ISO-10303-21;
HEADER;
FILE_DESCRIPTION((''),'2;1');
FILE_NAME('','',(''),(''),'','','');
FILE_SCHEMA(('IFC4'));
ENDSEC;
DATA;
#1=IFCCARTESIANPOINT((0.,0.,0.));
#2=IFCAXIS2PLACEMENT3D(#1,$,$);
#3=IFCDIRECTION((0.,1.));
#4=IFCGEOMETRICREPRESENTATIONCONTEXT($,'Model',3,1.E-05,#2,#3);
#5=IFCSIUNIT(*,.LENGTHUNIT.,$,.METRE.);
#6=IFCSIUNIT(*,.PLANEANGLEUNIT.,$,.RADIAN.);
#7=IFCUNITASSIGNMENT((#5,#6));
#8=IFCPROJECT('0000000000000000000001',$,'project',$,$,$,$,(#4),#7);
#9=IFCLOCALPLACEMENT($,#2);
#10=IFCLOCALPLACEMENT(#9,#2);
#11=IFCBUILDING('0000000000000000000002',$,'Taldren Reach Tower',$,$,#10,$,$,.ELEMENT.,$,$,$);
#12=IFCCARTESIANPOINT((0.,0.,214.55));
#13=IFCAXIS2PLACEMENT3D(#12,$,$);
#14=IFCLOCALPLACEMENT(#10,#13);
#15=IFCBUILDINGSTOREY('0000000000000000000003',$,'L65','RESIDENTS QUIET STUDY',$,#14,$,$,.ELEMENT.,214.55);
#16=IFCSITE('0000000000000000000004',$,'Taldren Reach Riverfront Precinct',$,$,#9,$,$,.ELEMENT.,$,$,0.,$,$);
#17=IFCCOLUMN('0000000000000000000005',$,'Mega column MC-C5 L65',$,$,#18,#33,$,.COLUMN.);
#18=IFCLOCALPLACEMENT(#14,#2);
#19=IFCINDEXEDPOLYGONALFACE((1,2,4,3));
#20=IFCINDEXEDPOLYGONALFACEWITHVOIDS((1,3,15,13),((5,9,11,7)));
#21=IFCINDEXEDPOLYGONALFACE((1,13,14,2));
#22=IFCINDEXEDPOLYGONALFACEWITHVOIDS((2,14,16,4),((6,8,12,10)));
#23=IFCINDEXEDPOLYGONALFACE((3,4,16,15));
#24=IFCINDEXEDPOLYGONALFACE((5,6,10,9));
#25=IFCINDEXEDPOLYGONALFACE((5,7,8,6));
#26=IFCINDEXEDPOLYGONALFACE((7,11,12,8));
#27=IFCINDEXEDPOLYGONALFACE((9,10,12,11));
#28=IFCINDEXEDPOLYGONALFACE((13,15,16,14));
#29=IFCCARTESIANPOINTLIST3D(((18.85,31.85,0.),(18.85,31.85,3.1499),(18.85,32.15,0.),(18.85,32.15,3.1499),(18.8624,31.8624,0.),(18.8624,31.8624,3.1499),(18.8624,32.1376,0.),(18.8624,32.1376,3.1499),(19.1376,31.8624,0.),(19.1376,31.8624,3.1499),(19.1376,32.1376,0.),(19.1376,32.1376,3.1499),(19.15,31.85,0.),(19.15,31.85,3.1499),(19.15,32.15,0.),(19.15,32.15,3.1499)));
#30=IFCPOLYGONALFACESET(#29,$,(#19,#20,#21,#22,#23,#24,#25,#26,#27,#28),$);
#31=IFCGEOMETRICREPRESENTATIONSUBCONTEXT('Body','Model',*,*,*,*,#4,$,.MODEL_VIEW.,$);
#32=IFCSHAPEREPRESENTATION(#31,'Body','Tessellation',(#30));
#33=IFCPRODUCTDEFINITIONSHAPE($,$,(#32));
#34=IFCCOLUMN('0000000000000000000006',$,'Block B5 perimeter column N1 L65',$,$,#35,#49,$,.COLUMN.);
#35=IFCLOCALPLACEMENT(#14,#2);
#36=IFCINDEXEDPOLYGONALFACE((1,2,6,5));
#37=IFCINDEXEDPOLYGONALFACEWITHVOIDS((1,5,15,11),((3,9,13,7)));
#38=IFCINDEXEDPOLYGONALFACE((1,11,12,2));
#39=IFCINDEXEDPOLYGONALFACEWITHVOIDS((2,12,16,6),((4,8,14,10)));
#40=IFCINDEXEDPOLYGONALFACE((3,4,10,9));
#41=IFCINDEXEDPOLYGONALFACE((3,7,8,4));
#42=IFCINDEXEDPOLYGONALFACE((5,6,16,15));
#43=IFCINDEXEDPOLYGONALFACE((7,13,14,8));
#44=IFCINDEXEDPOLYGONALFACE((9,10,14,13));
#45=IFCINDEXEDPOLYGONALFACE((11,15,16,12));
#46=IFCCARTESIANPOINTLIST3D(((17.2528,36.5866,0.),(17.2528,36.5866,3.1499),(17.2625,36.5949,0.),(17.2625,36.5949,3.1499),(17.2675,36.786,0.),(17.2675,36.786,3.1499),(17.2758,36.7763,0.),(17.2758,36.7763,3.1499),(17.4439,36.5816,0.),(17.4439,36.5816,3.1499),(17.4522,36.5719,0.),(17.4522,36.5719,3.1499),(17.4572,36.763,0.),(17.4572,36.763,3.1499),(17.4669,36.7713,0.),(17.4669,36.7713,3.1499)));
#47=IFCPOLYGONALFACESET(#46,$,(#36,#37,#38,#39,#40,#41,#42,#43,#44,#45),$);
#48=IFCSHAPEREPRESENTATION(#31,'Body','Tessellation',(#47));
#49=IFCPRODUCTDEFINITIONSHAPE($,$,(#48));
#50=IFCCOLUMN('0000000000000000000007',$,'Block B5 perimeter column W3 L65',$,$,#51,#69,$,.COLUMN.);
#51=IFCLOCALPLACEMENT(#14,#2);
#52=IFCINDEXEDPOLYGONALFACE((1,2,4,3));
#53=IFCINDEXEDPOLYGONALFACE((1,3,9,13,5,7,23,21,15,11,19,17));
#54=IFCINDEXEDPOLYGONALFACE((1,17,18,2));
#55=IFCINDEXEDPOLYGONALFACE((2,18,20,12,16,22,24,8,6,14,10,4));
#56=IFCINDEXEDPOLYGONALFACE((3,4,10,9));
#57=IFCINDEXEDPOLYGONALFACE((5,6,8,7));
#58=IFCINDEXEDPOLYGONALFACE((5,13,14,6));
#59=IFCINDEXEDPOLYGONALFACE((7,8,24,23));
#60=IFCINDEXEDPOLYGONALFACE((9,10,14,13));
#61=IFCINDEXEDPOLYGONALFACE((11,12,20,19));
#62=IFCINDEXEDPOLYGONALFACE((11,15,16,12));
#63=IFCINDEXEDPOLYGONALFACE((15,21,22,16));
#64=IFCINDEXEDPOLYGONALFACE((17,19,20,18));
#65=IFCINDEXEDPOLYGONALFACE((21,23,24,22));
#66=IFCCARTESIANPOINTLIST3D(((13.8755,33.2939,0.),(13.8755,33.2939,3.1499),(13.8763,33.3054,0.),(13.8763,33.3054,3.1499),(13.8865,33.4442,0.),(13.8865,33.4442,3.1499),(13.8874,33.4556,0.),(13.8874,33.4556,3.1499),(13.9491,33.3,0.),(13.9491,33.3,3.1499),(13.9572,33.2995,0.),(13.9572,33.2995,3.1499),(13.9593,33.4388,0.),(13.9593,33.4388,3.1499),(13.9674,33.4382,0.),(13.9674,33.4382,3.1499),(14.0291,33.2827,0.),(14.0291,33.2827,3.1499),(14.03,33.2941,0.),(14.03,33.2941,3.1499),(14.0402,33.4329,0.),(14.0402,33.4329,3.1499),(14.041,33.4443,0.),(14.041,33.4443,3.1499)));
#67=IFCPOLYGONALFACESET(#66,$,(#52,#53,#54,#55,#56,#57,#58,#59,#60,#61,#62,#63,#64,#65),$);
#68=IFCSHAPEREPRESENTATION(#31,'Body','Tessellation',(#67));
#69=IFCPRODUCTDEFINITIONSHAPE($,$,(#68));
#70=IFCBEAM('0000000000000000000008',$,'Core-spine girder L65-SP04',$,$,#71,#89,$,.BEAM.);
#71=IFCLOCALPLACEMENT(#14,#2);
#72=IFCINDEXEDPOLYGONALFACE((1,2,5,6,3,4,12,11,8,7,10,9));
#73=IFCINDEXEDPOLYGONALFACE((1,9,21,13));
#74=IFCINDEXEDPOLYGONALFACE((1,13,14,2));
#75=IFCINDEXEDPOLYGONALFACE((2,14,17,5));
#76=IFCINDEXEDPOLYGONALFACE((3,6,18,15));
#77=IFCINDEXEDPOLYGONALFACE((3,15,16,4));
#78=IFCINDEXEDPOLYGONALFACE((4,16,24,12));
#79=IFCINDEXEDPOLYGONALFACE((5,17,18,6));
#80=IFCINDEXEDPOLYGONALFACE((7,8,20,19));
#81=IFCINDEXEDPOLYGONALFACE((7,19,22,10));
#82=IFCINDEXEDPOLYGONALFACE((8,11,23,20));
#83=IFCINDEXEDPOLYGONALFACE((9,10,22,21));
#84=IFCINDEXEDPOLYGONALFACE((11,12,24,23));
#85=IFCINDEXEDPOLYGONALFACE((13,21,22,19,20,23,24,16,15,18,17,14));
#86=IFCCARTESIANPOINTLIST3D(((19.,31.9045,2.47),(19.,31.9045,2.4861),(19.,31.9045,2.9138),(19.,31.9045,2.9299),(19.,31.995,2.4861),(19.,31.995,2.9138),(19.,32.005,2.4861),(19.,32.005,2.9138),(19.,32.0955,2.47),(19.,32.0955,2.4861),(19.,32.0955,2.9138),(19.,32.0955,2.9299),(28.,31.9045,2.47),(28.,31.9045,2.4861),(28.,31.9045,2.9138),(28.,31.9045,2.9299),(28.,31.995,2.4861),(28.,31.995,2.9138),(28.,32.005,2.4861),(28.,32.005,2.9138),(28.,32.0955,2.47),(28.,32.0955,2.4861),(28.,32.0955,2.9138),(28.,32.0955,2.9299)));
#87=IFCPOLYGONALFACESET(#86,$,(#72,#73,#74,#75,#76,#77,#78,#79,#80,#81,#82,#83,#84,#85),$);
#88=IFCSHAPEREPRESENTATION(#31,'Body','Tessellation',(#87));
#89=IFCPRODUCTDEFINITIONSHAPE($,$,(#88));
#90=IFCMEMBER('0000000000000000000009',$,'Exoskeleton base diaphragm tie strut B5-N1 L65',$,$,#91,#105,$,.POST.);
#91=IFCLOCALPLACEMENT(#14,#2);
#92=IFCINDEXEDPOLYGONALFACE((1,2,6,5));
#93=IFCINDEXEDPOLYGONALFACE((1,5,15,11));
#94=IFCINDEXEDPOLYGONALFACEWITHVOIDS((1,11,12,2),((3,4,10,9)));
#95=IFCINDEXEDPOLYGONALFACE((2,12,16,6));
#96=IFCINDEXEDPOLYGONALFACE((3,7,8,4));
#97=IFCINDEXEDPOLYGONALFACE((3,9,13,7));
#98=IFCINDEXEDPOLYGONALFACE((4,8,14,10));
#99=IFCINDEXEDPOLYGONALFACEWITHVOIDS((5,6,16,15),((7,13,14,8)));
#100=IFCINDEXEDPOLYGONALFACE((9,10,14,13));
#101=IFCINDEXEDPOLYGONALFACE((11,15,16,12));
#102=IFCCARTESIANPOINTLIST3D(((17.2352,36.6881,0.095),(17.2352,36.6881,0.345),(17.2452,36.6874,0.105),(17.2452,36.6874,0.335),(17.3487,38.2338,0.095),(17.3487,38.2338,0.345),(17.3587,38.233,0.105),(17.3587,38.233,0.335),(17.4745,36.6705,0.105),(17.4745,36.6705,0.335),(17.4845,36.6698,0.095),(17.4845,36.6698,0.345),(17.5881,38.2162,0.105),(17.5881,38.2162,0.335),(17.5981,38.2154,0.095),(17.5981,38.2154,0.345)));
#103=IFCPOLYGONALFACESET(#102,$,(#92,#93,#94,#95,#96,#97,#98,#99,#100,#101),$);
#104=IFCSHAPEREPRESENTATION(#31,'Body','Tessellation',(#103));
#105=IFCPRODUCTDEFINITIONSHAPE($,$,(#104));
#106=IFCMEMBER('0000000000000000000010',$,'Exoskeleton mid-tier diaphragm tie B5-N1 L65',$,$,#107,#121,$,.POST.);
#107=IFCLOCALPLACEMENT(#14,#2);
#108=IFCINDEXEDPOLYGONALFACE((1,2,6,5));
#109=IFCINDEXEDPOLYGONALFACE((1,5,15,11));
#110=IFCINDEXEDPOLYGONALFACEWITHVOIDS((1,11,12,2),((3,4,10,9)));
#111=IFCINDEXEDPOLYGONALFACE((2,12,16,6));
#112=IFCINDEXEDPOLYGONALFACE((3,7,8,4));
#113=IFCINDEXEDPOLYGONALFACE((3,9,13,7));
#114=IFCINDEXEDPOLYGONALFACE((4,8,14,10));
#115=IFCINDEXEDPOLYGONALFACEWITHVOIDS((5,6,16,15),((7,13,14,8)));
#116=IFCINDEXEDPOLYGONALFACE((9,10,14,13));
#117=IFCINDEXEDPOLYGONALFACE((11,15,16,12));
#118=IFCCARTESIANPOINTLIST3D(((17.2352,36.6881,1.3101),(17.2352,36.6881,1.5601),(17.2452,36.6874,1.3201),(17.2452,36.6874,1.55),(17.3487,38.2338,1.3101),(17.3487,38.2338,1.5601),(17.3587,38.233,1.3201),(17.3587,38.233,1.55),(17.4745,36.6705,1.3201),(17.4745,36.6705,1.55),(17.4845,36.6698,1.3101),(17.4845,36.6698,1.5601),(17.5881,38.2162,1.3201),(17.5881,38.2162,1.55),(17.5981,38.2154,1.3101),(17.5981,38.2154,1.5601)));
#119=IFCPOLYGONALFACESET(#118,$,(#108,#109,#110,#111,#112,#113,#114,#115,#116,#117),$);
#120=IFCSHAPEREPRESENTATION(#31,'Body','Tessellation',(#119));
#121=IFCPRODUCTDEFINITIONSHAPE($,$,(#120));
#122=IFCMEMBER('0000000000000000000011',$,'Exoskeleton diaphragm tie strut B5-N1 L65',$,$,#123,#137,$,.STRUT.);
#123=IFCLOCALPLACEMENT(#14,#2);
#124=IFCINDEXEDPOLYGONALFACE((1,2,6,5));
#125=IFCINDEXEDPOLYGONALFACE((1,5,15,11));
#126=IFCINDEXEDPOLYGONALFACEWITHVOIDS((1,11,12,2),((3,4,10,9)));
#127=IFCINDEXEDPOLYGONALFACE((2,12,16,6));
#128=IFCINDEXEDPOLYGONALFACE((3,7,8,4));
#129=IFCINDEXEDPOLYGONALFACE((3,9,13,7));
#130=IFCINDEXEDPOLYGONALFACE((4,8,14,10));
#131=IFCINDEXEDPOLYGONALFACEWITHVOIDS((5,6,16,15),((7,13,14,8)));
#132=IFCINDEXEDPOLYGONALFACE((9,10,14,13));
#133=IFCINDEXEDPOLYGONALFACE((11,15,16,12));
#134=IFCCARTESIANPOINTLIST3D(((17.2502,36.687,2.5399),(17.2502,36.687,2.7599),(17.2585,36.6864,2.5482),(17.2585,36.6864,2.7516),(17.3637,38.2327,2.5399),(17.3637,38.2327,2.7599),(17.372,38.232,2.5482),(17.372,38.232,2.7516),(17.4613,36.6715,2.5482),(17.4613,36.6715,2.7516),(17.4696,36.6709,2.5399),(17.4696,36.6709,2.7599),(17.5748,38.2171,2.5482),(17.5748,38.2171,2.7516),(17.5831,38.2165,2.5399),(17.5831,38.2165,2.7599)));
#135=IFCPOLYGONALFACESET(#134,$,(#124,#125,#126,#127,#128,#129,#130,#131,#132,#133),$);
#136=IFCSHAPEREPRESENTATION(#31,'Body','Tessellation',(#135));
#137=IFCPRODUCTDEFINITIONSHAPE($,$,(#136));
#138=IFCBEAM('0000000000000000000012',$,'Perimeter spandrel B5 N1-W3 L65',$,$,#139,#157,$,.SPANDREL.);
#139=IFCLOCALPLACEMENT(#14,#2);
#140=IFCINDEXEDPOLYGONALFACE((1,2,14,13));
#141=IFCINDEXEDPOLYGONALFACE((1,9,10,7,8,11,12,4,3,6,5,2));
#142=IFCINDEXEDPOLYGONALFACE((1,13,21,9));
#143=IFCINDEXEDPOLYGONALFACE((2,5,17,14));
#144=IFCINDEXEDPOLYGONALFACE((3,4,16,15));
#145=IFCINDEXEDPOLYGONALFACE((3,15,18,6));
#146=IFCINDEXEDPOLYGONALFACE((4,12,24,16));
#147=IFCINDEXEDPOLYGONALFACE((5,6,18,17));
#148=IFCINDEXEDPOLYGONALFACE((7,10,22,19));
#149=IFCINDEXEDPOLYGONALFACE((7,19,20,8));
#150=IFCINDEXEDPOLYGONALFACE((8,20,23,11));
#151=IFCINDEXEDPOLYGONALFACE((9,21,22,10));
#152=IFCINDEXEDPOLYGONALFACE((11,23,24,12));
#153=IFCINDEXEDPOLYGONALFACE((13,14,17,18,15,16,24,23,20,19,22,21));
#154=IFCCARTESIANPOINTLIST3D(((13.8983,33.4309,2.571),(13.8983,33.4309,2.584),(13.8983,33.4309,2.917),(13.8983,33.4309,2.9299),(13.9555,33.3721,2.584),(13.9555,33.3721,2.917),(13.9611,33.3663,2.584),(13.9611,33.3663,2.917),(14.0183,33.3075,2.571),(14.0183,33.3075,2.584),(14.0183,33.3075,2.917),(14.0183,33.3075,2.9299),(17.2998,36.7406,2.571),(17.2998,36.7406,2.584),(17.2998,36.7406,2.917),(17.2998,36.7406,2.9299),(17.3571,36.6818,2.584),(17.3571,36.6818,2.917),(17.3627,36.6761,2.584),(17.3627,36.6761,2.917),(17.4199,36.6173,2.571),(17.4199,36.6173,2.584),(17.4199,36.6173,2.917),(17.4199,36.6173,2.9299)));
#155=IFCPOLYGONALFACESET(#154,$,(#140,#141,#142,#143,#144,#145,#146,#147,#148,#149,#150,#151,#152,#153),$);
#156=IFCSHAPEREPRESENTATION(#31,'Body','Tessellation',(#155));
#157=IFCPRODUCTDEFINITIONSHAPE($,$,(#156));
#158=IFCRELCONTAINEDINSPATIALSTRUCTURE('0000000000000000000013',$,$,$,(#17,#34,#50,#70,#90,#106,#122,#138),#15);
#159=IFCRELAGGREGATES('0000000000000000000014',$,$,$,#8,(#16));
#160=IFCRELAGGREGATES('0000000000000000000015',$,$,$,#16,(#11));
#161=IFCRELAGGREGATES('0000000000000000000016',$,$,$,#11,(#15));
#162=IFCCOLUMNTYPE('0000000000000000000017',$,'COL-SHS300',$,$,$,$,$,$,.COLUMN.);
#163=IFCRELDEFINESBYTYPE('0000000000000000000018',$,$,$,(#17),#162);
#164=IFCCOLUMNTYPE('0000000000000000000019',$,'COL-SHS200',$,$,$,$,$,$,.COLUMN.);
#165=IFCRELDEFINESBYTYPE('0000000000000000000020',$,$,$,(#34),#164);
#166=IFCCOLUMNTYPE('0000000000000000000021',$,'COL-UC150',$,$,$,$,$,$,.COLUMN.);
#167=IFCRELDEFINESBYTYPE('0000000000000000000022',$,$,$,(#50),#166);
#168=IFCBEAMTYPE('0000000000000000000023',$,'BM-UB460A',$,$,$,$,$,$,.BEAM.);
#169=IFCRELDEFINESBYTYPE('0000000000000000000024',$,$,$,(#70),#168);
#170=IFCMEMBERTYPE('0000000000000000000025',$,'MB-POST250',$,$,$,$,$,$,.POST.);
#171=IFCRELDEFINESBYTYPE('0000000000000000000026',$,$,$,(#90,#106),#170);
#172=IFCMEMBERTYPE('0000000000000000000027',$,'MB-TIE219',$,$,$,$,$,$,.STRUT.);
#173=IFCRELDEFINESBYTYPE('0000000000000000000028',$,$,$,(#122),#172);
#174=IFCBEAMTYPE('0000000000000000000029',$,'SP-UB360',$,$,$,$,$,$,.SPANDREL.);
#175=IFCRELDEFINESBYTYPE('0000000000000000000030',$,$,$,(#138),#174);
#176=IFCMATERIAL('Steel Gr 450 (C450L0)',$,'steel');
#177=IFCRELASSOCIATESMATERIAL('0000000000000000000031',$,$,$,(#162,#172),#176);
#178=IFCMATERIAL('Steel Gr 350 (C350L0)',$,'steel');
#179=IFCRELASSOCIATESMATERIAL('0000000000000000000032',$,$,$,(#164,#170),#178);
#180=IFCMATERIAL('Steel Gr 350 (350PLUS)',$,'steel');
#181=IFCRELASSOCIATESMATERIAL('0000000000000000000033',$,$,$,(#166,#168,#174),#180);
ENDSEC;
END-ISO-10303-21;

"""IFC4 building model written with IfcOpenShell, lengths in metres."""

from ifc_helpers import new_model, si_unit, direction, frame, origin, origin_2d, place, context, subcontext, project, spatial, hollow_rectangle, i_section, extrude, source, transform, mapped, material, material_profile, profile_set, type_object, element, save


model = new_model("IFC4")

# Units and contexts
model_context = context("Model", 3, precision=1e-05, world=origin(), true_north=direction((0.0, 1.0)))
body_context = subcontext(model_context, "Body", "Model", "MODEL_VIEW")
ifc_project = project(units=[si_unit("LENGTHUNIT", "METRE"), si_unit("PLANEANGLEUNIT", "RADIAN")], contexts=[model_context])

# Site, building, storey
site_placement = place(None, origin())
site = spatial("IfcSite", under=ifc_project, at=site_placement, Name="Taldren Reach Riverfront Precinct", CompositionType="ELEMENT", RefElevation=0.0)
building_placement = place(site_placement, origin())
building = spatial("IfcBuilding", under=site, at=building_placement, Name="Taldren Reach Tower", CompositionType="ELEMENT")
storey_placement = place(building_placement, frame((0.0, 0.0, 214.55)))
storey = spatial("IfcBuildingStorey", under=building, at=storey_placement, Name="L65", Description="RESIDENTS QUIET STUDY", CompositionType="ELEMENT", Elevation=214.55)

# Columns
ifc_material_1 = material(Name="Steel Gr 450 (C450L0)", Category="steel")
ifc_material_profile_1 = material_profile(ifc_material_1, hollow_rectangle(XDim=0.3, YDim=0.3, WallThickness=0.0125, at=origin_2d()), Name="300x300x12.5SHS")
ifc_profile_set_1 = profile_set([ifc_material_profile_1], Name="Steel Gr 450 (C450L0)")
column_type_1 = type_object("IfcColumnType", Name="COL-SHS300", PredefinedType="COLUMN", material=ifc_profile_set_1)
shared_shape_1 = source(origin(), body_context, "Body", "SweptSolid", [
    extrude(hollow_rectangle(XDim=0.3, YDim=0.3, WallThickness=0.0125, at=origin_2d()), origin(), (0.0, 0.0, 1.0), 3.1499),
])
column_1_placement = place(storey_placement, frame((19.0, 32.0, 0.0), z_axis=(0.0, 0.0, 1.0), x_axis=(1.0, 0.0, 0.0)))
element("IfcColumn", 1, at=column_1_placement, inside=storey, type_object=column_type_1, Name="Mega column MC-C5 L65", PredefinedType="COLUMN", context=body_context, shape_type="MappedRepresentation", body=[
    mapped(shared_shape_1, transform((0.0, 0.0, 0.0), scale=1.0)),
])
ifc_material_2 = material(Name="Steel Gr 350 (C350L0)", Category="steel")
ifc_material_profile_2 = material_profile(ifc_material_2, hollow_rectangle(XDim=0.2, YDim=0.2, WallThickness=0.009, at=origin_2d()), Name="200x200x9.0SHS")
ifc_profile_set_2 = profile_set([ifc_material_profile_2], Name="Steel Gr 350 (C350L0)")
column_type_2 = type_object("IfcColumnType", Name="COL-SHS200", PredefinedType="COLUMN", material=ifc_profile_set_2)
shared_shape_2 = source(origin(), body_context, "Body", "SweptSolid", [
    extrude(hollow_rectangle(XDim=0.2, YDim=0.2, WallThickness=0.009, at=origin_2d()), origin(), (0.0, 0.0, 1.0), 3.1499),
])
column_2_placement = place(storey_placement, frame((17.3599, 36.679, 0.0), z_axis=(0.0, 0.0, 1.0), x_axis=(0.997314, -0.073238, 0.0)))
element("IfcColumn", 2, at=column_2_placement, inside=storey, type_object=column_type_2, Name="Block B5 perimeter column N1 L65", PredefinedType="COLUMN", context=body_context, shape_type="MappedRepresentation", body=[
    mapped(shared_shape_2, transform((0.0, 0.0, 0.0), scale=1.0)),
])
ifc_material_3 = material(Name="Steel Gr 350 (350PLUS)", Category="steel")
ifc_material_profile_3 = material_profile(ifc_material_3, i_section(OverallWidth=0.1541, OverallDepth=0.1621, WebThickness=0.0081, FlangeThickness=0.0115, at=origin_2d()), Name="150UC37.2")
ifc_profile_set_3 = profile_set([ifc_material_profile_3], Name="Steel Gr 350 (350PLUS)")
column_type_3 = type_object("IfcColumnType", Name="COL-UC150", PredefinedType="COLUMN", material=ifc_profile_set_3)
shared_shape_3 = source(origin(), body_context, "Body", "SweptSolid", [
    extrude(i_section(OverallWidth=0.1541, OverallDepth=0.1621, WebThickness=0.0081, FlangeThickness=0.0115, at=origin_2d()), origin(), (0.0, 0.0, 1.0), 3.1499),
])
column_3_placement = place(storey_placement, frame((13.9583, 33.3691, 0.0), z_axis=(0.0, 0.0, 1.0), x_axis=(0.997314, -0.073238, 0.0)))
element("IfcColumn", 3, at=column_3_placement, inside=storey, type_object=column_type_3, Name="Block B5 perimeter column W3 L65", PredefinedType="COLUMN", context=body_context, shape_type="MappedRepresentation", body=[
    mapped(shared_shape_3, transform((0.0, 0.0, 0.0), scale=1.0)),
])

# Beam
ifc_material_profile_4 = material_profile(ifc_material_3, i_section(OverallWidth=0.1909, OverallDepth=0.46, WebThickness=0.01, FlangeThickness=0.0161, at=origin_2d()), Name="460UB82.1")
ifc_profile_set_4 = profile_set([ifc_material_profile_4], Name="Steel Gr 350 (350PLUS)")
beam_type_1 = type_object("IfcBeamType", Name="BM-UB460A", PredefinedType="BEAM", material=ifc_profile_set_4)
shared_shape_4 = source(origin(), body_context, "Body", "SweptSolid", [
    extrude(i_section(OverallWidth=0.1909, OverallDepth=0.46, WebThickness=0.01, FlangeThickness=0.0161, at=origin_2d()), origin(), (0.0, 0.0, 1.0), 9.0),
])
beam_1_placement = place(storey_placement, frame((19.0, 32.0, 2.7), z_axis=(1.0, 0.0, 0.0), x_axis=(0.0, 1.0, 0.0)))
element("IfcBeam", 4, at=beam_1_placement, inside=storey, type_object=beam_type_1, Name="Core-spine girder L65-SP04", PredefinedType="BEAM", context=body_context, shape_type="MappedRepresentation", body=[
    mapped(shared_shape_4, transform((0.0, 0.0, 0.0), scale=1.0)),
])

# Members
ifc_material_profile_5 = material_profile(ifc_material_2, hollow_rectangle(XDim=0.25, YDim=0.25, WallThickness=0.01, at=origin_2d()), Name="250x250x10.0SHS")
ifc_profile_set_5 = profile_set([ifc_material_profile_5], Name="Steel Gr 350 (C350L0)")
member_type_1 = type_object("IfcMemberType", Name="MB-POST250", PredefinedType="POST", material=ifc_profile_set_5)
shared_shape_5 = source(origin(), body_context, "Body", "SweptSolid", [
    extrude(hollow_rectangle(XDim=0.25, YDim=0.25, WallThickness=0.01, at=origin_2d()), origin(), (0.0, 0.0, 1.0), 1.5498),
])
for number, where, z_axis, x_axis, name in (
    (5, (17.3599, 36.679, 0.22), (0.073251, 0.997314, 0.0), (-0.997314, 0.073251, 0.0), "Exoskeleton base diaphragm tie strut B5-N1 L65"),
    (6, (17.3599, 36.679, 1.4351), (0.073251, 0.997314, 0.0), (-0.997314, 0.073251, 0.0), "Exoskeleton mid-tier diaphragm tie B5-N1 L65"),
):
    element("IfcMember", number, at=place(storey_placement, frame(where, z_axis=z_axis, x_axis=x_axis)), inside=storey, type_object=member_type_1, Name=name, PredefinedType="POST", context=body_context, shape_type="MappedRepresentation", body=[
        mapped(shared_shape_5, transform((0.0, 0.0, 0.0), scale=1.0)),
    ])
ifc_material_profile_6 = material_profile(ifc_material_1, hollow_rectangle(XDim=0.22, YDim=0.22, WallThickness=0.0083, at=origin_2d()), Name="220x220x8.2SHS")
ifc_profile_set_6 = profile_set([ifc_material_profile_6], Name="Steel Gr 450 (C450L0)")
member_type_2 = type_object("IfcMemberType", Name="MB-TIE219", PredefinedType="STRUT", material=ifc_profile_set_6)
shared_shape_6 = source(origin(), body_context, "Body", "SweptSolid", [
    extrude(hollow_rectangle(XDim=0.22, YDim=0.22, WallThickness=0.0083, at=origin_2d()), origin(), (0.0, 0.0, 1.0), 1.5498),
])
member_1_placement = place(storey_placement, frame((17.3599, 36.679, 2.6499), z_axis=(0.073251, 0.997314, 0.0), x_axis=(-0.997314, 0.073251, 0.0)))
element("IfcMember", 7, at=member_1_placement, inside=storey, type_object=member_type_2, Name="Exoskeleton diaphragm tie strut B5-N1 L65", PredefinedType="STRUT", context=body_context, shape_type="MappedRepresentation", body=[
    mapped(shared_shape_6, transform((0.0, 0.0, 0.0), scale=1.0)),
])

# Beam
ifc_material_profile_7 = material_profile(ifc_material_3, i_section(OverallWidth=0.1721, OverallDepth=0.3589, WebThickness=0.0081, FlangeThickness=0.0129, at=origin_2d()), Name="360UB56.7")
ifc_profile_set_7 = profile_set([ifc_material_profile_7], Name="Steel Gr 350 (350PLUS)")
beam_type_2 = type_object("IfcBeamType", Name="SP-UB360", PredefinedType="SPANDREL", material=ifc_profile_set_7)
shared_shape_7 = source(origin(), body_context, "Body", "SweptSolid", [
    extrude(i_section(OverallWidth=0.1721, OverallDepth=0.3589, WebThickness=0.0081, FlangeThickness=0.0129, at=origin_2d()), origin(), (0.0, 0.0, 1.0), 4.7461),
])
beam_2_placement = place(storey_placement, frame((17.3599, 36.679, 2.7505), z_axis=(-0.716711, -0.69737, 0.0), x_axis=(0.69737, -0.716711, 0.0)))
element("IfcBeam", 8, at=beam_2_placement, inside=storey, type_object=beam_type_2, Name="Perimeter spandrel B5 N1-W3 L65", PredefinedType="SPANDREL", context=body_context, shape_type="MappedRepresentation", body=[
    mapped(shared_shape_7, transform((0.0, 0.0, 0.0), scale=1.0)),
])

save(model, "model.ifc")
